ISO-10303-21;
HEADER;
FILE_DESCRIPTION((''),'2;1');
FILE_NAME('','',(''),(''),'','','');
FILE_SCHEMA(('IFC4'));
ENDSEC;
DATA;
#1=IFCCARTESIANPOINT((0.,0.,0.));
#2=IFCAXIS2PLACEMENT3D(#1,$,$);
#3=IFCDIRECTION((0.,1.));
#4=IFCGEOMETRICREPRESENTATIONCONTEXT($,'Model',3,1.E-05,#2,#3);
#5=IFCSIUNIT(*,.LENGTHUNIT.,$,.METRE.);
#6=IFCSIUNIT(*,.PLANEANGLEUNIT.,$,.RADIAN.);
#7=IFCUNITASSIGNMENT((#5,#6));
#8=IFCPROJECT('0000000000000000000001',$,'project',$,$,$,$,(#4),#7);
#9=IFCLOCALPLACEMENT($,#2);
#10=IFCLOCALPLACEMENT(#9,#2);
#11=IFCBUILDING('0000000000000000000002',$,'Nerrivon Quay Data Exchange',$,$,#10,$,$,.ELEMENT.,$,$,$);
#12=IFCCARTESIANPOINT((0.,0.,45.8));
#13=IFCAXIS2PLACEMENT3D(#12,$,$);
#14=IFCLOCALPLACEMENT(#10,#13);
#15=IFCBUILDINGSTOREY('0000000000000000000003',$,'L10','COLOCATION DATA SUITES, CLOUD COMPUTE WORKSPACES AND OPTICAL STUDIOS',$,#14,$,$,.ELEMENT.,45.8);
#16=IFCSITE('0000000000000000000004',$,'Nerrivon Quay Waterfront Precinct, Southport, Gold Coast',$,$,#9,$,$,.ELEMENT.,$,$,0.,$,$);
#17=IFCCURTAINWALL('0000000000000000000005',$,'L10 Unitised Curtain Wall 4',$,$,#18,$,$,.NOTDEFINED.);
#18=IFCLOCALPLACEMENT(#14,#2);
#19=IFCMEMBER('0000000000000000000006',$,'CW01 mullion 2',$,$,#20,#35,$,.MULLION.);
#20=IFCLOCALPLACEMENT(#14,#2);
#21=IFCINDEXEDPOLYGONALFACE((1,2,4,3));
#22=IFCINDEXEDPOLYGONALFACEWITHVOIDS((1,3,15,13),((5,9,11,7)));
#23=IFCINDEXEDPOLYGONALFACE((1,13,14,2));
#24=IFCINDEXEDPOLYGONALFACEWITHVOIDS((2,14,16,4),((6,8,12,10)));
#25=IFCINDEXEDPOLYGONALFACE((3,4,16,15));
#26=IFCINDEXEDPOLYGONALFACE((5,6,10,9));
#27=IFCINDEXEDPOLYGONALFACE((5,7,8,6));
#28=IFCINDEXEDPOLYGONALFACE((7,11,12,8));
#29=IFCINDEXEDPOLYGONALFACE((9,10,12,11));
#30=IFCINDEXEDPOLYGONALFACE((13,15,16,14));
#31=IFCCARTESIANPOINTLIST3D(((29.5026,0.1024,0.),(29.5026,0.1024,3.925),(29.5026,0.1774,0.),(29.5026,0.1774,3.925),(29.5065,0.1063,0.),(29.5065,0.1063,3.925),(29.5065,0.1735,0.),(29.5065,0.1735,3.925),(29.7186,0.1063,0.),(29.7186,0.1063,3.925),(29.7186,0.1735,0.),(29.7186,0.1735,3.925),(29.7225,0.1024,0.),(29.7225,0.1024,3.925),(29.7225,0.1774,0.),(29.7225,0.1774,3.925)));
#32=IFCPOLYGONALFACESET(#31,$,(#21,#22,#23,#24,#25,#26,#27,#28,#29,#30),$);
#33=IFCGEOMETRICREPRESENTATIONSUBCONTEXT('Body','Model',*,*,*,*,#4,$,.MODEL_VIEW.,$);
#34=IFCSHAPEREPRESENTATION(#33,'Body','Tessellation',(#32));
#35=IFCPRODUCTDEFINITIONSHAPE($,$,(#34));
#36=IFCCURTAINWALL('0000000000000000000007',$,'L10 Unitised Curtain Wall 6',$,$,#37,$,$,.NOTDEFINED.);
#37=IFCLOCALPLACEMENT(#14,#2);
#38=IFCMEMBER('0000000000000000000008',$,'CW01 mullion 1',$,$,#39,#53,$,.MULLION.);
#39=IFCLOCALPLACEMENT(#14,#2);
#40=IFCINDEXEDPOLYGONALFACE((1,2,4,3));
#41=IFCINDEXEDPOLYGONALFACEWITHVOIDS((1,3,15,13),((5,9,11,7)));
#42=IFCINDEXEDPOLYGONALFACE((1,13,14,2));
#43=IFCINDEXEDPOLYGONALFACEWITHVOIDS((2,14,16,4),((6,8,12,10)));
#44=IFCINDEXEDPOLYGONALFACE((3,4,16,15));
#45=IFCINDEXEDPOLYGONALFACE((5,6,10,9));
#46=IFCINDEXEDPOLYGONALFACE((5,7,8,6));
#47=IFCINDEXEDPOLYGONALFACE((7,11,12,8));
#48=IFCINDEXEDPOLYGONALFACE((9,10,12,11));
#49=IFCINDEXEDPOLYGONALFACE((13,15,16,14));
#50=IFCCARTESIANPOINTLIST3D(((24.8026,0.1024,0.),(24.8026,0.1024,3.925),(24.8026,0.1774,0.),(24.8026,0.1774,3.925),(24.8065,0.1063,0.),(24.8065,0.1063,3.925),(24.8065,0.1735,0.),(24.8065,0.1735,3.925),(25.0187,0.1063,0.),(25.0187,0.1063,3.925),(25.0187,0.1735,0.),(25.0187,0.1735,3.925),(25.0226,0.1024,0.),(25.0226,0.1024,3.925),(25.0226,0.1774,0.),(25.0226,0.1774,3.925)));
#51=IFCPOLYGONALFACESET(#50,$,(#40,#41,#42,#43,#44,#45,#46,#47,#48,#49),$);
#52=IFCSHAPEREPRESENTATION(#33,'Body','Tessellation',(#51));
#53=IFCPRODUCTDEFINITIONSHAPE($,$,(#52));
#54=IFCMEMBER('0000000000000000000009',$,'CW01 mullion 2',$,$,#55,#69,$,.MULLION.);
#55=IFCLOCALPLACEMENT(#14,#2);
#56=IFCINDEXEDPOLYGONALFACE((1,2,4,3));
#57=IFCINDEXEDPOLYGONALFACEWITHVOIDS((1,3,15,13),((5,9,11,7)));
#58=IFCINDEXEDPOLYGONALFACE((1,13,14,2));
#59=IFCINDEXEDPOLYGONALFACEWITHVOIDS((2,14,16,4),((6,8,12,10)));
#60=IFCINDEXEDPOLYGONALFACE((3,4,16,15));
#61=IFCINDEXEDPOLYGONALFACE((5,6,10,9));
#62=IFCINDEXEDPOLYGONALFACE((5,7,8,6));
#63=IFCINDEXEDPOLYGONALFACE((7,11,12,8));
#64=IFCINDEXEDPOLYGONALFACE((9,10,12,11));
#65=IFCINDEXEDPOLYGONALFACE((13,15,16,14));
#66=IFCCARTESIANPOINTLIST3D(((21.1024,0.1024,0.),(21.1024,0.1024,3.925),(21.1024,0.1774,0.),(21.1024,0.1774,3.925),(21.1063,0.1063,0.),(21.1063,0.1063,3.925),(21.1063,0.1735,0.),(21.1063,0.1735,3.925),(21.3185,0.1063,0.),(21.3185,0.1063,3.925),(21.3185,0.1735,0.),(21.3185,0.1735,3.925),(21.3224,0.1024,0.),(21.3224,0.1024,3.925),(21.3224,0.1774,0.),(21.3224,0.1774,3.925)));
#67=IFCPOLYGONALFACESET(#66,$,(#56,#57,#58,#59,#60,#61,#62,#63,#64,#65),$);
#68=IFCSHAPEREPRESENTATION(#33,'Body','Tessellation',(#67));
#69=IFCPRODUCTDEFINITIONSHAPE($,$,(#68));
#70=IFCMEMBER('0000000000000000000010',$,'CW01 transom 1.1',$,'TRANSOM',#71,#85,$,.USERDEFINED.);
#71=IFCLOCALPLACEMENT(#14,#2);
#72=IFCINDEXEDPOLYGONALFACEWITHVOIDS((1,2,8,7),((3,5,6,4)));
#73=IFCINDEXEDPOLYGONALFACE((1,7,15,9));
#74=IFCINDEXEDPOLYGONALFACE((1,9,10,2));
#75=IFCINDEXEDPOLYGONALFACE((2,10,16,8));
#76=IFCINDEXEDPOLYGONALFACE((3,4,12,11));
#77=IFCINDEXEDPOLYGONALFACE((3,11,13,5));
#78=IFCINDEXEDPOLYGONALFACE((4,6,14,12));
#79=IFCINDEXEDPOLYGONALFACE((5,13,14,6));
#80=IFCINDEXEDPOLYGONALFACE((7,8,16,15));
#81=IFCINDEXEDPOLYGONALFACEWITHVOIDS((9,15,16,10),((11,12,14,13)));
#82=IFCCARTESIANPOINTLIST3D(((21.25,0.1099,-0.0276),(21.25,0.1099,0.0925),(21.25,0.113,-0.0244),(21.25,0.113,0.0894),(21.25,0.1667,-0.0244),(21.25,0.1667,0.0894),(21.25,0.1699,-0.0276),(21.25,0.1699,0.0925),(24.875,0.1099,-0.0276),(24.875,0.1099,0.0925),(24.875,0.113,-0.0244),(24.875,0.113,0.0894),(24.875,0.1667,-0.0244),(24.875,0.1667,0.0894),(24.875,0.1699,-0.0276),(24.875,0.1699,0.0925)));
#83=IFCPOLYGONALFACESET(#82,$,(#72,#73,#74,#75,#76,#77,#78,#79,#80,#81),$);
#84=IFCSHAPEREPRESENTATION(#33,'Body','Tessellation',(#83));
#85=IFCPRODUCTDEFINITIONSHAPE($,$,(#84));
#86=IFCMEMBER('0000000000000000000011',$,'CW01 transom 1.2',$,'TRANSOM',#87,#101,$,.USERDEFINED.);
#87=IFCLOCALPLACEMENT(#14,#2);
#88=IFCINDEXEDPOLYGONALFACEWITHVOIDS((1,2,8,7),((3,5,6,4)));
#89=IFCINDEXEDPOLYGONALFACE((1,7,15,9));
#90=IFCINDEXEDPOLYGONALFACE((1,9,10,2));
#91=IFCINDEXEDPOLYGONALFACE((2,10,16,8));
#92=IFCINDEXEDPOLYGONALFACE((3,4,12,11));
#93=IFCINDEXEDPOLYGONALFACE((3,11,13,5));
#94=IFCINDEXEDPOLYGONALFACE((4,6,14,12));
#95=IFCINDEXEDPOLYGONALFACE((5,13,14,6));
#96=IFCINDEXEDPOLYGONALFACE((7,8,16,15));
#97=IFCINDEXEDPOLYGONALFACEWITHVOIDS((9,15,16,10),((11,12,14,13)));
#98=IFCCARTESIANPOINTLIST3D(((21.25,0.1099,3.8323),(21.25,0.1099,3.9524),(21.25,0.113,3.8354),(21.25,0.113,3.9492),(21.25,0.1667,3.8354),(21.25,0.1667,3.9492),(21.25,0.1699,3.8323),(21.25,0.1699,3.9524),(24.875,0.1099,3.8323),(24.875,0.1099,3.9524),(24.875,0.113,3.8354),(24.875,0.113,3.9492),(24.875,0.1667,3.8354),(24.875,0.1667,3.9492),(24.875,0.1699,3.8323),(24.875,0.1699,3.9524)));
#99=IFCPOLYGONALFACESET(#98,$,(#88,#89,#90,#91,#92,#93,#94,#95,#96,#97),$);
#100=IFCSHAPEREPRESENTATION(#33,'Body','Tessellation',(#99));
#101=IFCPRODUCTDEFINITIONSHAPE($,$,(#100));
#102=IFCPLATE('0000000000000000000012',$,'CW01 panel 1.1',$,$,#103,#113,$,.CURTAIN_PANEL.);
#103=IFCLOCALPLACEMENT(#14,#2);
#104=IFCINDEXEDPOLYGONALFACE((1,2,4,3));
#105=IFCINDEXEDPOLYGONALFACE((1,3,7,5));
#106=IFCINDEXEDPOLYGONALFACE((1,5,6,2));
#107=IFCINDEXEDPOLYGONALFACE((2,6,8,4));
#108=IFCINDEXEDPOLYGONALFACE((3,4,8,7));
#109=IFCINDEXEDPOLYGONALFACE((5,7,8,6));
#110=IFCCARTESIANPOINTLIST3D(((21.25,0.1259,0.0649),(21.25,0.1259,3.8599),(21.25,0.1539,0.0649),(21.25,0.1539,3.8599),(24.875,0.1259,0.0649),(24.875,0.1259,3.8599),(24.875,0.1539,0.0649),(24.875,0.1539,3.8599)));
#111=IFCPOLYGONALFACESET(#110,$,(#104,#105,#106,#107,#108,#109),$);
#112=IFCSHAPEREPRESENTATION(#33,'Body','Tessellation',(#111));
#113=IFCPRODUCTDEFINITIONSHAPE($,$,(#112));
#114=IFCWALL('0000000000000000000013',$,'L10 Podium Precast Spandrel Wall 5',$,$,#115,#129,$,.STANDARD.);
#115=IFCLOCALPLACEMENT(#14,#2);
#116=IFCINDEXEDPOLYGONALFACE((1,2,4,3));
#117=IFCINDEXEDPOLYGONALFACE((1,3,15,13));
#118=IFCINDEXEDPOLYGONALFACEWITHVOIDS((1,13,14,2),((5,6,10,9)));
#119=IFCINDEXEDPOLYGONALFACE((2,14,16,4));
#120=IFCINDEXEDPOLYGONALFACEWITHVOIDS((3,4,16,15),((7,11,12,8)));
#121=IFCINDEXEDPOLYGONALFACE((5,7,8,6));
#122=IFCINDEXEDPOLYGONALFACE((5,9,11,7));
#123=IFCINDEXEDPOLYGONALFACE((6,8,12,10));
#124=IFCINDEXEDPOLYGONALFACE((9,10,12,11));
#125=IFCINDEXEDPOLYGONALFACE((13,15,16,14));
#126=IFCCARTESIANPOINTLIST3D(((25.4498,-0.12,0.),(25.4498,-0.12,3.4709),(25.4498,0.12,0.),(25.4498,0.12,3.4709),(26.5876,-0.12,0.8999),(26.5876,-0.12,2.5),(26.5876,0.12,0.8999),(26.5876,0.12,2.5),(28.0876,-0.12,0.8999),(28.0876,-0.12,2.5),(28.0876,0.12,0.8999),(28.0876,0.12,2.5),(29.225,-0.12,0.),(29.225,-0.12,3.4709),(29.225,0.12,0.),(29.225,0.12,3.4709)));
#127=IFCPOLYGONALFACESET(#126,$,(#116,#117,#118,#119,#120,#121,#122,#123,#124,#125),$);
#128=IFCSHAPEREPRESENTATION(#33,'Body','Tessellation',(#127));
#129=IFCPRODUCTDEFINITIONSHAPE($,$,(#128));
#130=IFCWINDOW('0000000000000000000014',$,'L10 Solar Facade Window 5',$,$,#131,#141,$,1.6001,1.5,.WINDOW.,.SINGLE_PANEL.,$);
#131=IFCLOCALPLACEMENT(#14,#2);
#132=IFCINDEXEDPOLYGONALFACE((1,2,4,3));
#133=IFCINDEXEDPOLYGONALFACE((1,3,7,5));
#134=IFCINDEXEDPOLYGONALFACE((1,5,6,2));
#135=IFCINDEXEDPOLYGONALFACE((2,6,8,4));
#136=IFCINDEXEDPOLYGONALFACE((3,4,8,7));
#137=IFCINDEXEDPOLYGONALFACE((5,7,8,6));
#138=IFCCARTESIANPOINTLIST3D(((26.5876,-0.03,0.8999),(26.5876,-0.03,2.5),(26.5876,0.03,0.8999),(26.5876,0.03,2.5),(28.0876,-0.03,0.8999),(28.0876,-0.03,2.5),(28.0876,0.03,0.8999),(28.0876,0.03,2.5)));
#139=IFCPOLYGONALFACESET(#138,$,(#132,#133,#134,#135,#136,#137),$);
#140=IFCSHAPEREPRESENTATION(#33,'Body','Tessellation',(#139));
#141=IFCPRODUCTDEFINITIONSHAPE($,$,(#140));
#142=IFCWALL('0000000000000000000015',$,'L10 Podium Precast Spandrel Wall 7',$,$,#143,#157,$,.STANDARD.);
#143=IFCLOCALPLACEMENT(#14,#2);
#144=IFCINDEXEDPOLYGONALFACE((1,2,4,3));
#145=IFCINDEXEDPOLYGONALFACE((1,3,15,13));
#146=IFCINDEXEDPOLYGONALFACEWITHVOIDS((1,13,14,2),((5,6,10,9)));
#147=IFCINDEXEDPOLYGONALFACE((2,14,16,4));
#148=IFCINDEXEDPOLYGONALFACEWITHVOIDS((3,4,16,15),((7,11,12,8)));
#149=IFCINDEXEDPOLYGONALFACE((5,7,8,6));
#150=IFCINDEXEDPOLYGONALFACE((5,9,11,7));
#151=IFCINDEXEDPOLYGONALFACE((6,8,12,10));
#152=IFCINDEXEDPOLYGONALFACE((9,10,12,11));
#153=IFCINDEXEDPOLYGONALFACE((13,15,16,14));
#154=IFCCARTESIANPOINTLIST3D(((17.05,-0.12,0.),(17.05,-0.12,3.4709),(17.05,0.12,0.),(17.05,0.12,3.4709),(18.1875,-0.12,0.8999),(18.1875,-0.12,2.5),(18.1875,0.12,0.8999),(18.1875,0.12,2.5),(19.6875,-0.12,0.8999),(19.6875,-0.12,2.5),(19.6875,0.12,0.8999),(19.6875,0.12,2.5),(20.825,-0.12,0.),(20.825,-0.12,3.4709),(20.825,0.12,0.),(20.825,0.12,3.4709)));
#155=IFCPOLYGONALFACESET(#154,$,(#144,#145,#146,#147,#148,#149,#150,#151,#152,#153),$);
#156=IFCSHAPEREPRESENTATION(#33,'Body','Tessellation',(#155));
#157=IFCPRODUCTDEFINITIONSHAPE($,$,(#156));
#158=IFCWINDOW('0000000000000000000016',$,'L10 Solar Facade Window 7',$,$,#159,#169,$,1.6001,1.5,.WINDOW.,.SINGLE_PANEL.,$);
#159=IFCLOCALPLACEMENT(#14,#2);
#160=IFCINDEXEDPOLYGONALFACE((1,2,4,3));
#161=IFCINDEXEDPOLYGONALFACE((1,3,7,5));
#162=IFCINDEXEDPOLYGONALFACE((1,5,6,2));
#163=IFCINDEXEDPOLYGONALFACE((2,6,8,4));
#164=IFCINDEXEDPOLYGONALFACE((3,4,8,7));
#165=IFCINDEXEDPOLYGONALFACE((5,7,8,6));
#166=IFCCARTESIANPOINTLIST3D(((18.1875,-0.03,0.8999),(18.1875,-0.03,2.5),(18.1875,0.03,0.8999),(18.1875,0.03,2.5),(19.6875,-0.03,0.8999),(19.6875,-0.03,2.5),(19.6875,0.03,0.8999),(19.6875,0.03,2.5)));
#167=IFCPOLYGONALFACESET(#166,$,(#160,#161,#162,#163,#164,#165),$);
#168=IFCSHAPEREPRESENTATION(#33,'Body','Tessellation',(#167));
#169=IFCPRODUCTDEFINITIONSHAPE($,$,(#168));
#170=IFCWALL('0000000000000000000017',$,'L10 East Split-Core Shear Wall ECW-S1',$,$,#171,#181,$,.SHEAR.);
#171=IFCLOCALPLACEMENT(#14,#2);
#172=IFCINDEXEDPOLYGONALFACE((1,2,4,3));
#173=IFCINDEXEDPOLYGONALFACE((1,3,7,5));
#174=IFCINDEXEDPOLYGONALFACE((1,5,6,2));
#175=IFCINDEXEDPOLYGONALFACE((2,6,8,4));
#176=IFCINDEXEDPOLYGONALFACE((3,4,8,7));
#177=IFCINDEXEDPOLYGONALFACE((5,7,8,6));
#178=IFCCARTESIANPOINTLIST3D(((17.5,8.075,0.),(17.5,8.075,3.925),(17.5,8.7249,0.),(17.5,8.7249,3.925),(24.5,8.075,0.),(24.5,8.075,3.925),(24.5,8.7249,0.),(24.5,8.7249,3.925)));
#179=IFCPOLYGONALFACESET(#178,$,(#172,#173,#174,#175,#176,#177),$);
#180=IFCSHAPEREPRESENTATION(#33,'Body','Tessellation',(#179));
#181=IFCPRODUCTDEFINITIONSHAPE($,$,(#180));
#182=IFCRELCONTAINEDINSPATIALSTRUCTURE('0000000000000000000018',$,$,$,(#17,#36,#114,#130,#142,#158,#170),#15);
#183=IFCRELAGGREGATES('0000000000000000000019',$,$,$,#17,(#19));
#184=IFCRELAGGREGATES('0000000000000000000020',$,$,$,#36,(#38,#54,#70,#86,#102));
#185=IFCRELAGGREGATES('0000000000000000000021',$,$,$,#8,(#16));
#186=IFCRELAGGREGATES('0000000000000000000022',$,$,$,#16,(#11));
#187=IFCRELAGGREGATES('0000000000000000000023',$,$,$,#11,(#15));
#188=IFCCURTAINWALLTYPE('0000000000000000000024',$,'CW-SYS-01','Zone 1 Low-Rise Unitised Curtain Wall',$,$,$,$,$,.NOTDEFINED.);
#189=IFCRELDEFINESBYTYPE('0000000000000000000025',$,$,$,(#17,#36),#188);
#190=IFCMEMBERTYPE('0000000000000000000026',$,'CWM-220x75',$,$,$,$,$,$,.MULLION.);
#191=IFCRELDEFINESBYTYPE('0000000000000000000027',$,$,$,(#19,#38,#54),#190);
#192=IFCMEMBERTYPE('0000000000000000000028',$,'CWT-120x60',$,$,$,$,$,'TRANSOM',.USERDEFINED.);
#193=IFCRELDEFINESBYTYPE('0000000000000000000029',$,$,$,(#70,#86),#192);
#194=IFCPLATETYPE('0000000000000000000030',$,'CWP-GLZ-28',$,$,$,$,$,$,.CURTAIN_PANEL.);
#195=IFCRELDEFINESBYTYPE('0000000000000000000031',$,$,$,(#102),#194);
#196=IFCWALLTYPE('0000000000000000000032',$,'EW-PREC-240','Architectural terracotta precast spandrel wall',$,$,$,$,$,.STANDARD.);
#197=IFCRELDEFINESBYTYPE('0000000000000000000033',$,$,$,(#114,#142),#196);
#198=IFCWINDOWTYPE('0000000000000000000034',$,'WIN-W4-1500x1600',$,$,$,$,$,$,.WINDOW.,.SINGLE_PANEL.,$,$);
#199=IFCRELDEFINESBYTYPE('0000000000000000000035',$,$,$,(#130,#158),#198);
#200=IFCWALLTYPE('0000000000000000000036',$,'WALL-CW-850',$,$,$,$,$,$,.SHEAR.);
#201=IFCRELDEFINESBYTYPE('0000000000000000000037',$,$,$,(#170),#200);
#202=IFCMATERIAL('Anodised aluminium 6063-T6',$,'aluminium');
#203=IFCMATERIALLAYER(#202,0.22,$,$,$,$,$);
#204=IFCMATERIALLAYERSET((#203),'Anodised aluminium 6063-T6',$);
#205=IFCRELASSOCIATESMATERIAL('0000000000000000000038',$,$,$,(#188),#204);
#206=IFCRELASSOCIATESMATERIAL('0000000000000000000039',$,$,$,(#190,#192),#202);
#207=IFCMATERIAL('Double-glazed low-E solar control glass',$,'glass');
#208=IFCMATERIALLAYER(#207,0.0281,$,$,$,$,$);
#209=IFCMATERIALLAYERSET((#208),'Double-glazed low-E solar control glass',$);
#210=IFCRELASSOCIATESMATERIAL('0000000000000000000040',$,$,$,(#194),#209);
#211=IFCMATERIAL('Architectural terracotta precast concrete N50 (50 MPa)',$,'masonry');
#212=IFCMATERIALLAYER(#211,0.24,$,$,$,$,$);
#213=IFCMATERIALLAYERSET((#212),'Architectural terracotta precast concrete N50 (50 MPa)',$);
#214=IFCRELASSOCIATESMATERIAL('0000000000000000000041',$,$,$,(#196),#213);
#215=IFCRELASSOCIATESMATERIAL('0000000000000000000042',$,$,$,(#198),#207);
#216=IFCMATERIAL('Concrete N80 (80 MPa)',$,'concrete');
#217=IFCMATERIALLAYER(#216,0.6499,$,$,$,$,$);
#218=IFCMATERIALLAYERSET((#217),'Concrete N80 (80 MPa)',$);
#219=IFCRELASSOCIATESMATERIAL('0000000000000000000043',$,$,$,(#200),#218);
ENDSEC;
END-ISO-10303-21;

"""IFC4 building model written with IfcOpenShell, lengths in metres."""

from ifc_helpers import new_model, si_unit, direction, frame, frame_2d, origin, origin_2d, place, context, subcontext, project, spatial, rectangle, hollow_rectangle, extrude, material, layer, layer_set, material_profile, profile_set, type_object, element, fill, aggregate, save


model = new_model("IFC4")

# Units and contexts
model_context = context("Model", 3, precision=1e-05, world=origin(), true_north=direction((0.0, 1.0)))
body_context = subcontext(model_context, "Body", "Model", "MODEL_VIEW")
ifc_project = project(units=[si_unit("LENGTHUNIT", "METRE"), si_unit("PLANEANGLEUNIT", "RADIAN")], contexts=[model_context])

# Site, building, storey
site_placement = place(None, origin())
site = spatial("IfcSite", under=ifc_project, at=site_placement, Name="Nerrivon Quay Waterfront Precinct, Southport, Gold Coast", CompositionType="ELEMENT", RefElevation=0.0)
building_placement = place(site_placement, origin())
building = spatial("IfcBuilding", under=site, at=building_placement, Name="Nerrivon Quay Data Exchange", CompositionType="ELEMENT")
storey_placement = place(building_placement, frame((0.0, 0.0, 45.8)))
storey = spatial("IfcBuildingStorey", under=building, at=storey_placement, Name="L10", Description="COLOCATION DATA SUITES, CLOUD COMPUTE WORKSPACES AND OPTICAL STUDIOS", CompositionType="ELEMENT", Elevation=45.8)

# Shared definitions
ifc_material_1 = material(Name="Concrete N80 (80 MPa)", Category="concrete")

# Curtain wall, member
ifc_material_2 = material(Name="Anodised aluminium 6063-T6", Category="aluminium")
ifc_layer_1 = layer(ifc_material_2, 0.22)
ifc_layer_set_1 = layer_set([ifc_layer_1], Name="Anodised aluminium 6063-T6")
curtain_wall_type = type_object("IfcCurtainWallType", Name="CW-SYS-01", Description="Zone 1 Low-Rise Unitised Curtain Wall", PredefinedType="NOTDEFINED", material=ifc_layer_set_1)
curtain_wall_1_placement = place(storey_placement, origin())
curtain_wall_1 = element("IfcCurtainWall", 1, at=curtain_wall_1_placement, inside=storey, type_object=curtain_wall_type, Name="L10 Unitised Curtain Wall 4", PredefinedType="NOTDEFINED")
ifc_material_profile_1 = material_profile(ifc_material_2, hollow_rectangle(XDim=0.075, YDim=0.22, WallThickness=0.0039, at=origin_2d()), Name="ALU-MULL-220x75")
ifc_profile_set_1 = profile_set([ifc_material_profile_1], Name="Anodised aluminium 6063-T6")
member_type_1 = type_object("IfcMemberType", Name="CWM-220x75", PredefinedType="MULLION", material=ifc_profile_set_1)
member_1_placement = place(storey_placement, frame((29.6125, 0.1399, 0.0), z_axis=(0.0, 0.0, 1.0), x_axis=(0.0, -1.0, 0.0)))
member_1 = element("IfcMember", 2, at=member_1_placement, type_object=member_type_1, Name="CW01 mullion 2", PredefinedType="MULLION", context=body_context, shape_type="SweptSolid", body=[
    extrude(hollow_rectangle(XDim=0.075, YDim=0.22, WallThickness=0.0039, at=origin_2d()), origin(), (0.0, 0.0, 1.0), 3.925),
])
aggregate(curtain_wall_1, [member_1])

# Curtain wall, members, plate
curtain_wall_2_placement = place(storey_placement, origin())
curtain_wall_2 = element("IfcCurtainWall", 3, at=curtain_wall_2_placement, inside=storey, type_object=curtain_wall_type, Name="L10 Unitised Curtain Wall 6", PredefinedType="NOTDEFINED")
member_2_placement = place(storey_placement, frame((24.9126, 0.1399, 0.0), z_axis=(0.0, 0.0, 1.0), x_axis=(0.0, -1.0, 0.0)))
member_2 = element("IfcMember", 4, at=member_2_placement, type_object=member_type_1, Name="CW01 mullion 1", PredefinedType="MULLION", context=body_context, shape_type="SweptSolid", body=[
    extrude(hollow_rectangle(XDim=0.075, YDim=0.22, WallThickness=0.0039, at=origin_2d()), origin(), (0.0, 0.0, 1.0), 3.925),
])
member_3_placement = place(storey_placement, frame((21.2124, 0.1399, 0.0), z_axis=(0.0, 0.0, 1.0), x_axis=(0.0, -1.0, 0.0)))
member_3 = element("IfcMember", 5, at=member_3_placement, type_object=member_type_1, Name="CW01 mullion 2", PredefinedType="MULLION", context=body_context, shape_type="SweptSolid", body=[
    extrude(hollow_rectangle(XDim=0.075, YDim=0.22, WallThickness=0.0039, at=origin_2d()), origin(), (0.0, 0.0, 1.0), 3.925),
])
ifc_material_profile_2 = material_profile(ifc_material_2, hollow_rectangle(XDim=0.0601, YDim=0.1201, WallThickness=0.0032, at=origin_2d()), Name="ALU-TRAN-120x60")
ifc_profile_set_2 = profile_set([ifc_material_profile_2], Name="Anodised aluminium 6063-T6")
member_type_2 = type_object("IfcMemberType", Name="CWT-120x60", ElementType="TRANSOM", PredefinedType="USERDEFINED", material=ifc_profile_set_2)
member_4_placement = place(storey_placement, frame((24.875, 0.1399, 0.0325), z_axis=(-1.0, 0.0, 0.0), x_axis=(0.0, -1.0, 0.0)))
member_4 = element("IfcMember", 6, at=member_4_placement, type_object=member_type_2, Name="CW01 transom 1.1", ObjectType="TRANSOM", PredefinedType="USERDEFINED", context=body_context, shape_type="SweptSolid", body=[
    extrude(hollow_rectangle(XDim=0.0601, YDim=0.1201, WallThickness=0.0032, at=origin_2d()), origin(), (0.0, 0.0, 1.0), 3.625),
])
member_5_placement = place(storey_placement, frame((24.875, 0.1399, 3.8923), z_axis=(-1.0, 0.0, 0.0), x_axis=(0.0, -1.0, 0.0)))
member_5 = element("IfcMember", 7, at=member_5_placement, type_object=member_type_2, Name="CW01 transom 1.2", ObjectType="TRANSOM", PredefinedType="USERDEFINED", context=body_context, shape_type="SweptSolid", body=[
    extrude(hollow_rectangle(XDim=0.0601, YDim=0.1201, WallThickness=0.0032, at=origin_2d()), origin(), (0.0, 0.0, 1.0), 3.625),
])
ifc_material_3 = material(Name="Double-glazed low-E solar control glass", Category="glass")
ifc_layer_2 = layer(ifc_material_3, 0.0281)
ifc_layer_set_2 = layer_set([ifc_layer_2], Name="Double-glazed low-E solar control glass")
plate_type = type_object("IfcPlateType", Name="CWP-GLZ-28", PredefinedType="CURTAIN_PANEL", material=ifc_layer_set_2)
plate_placement = place(storey_placement, frame((23.0625, 0.1399, 0.0649), z_axis=(0.0, 0.0, 1.0), x_axis=(-1.0, 0.0, 0.0)))
plate = element("IfcPlate", 8, at=plate_placement, type_object=plate_type, Name="CW01 panel 1.1", PredefinedType="CURTAIN_PANEL", context=body_context, shape_type="SweptSolid", body=[
    extrude(rectangle(XDim=3.625, YDim=0.0281, at=origin_2d()), origin(), (0.0, 0.0, 1.0), 3.7949),
])
aggregate(curtain_wall_2, [member_2, member_3, member_4, member_5, plate])

# Walls, openings, windows
ifc_material_4 = material(Name="Architectural terracotta precast concrete N50 (50 MPa)", Category="masonry")
ifc_layer_3 = layer(ifc_material_4, 0.24)
ifc_layer_set_3 = layer_set([ifc_layer_3], Name="Architectural terracotta precast concrete N50 (50 MPa)")
wall_type_1 = type_object("IfcWallType", Name="EW-PREC-240", Description="Architectural terracotta precast spandrel wall", PredefinedType="STANDARD", material=ifc_layer_set_3)
wall_1_placement = place(storey_placement, frame((29.2251, 0.0, 0.0), z_axis=(0.0, 0.0, 1.0), x_axis=(-1.0, 0.0, 0.0)))
wall_1 = element("IfcWall", 9, at=wall_1_placement, inside=storey, type_object=wall_type_1, Name="L10 Podium Precast Spandrel Wall 5", PredefinedType="STANDARD", context=body_context, shape_type="SweptSolid", body=[
    extrude(rectangle(XDim=3.7751, YDim=0.24, at=frame_2d((1.8877, 0.0))), origin(), (0.0, 0.0, 1.0), 3.4709),
])
opening_1_placement = place(wall_1_placement, frame((1.1375, 0.0, 0.8999)))
opening_1 = element("IfcOpeningElement", 10, at=opening_1_placement, cuts=wall_1, PredefinedType="OPENING", context=body_context, shape_type="SweptSolid", body=[
    extrude(rectangle(XDim=1.5, YDim=1.6001, at=frame_2d((0.75, 0.8))), frame((0.0, 0.1299, 0.0), z_axis=(0.0, -1.0, 0.0), x_axis=(1.0, 0.0, 0.0)), (0.0, 0.0, 1.0), 0.26),
])
window_type = type_object("IfcWindowType", Name="WIN-W4-1500x1600", PartitioningType="SINGLE_PANEL", PredefinedType="WINDOW", material=ifc_material_3)
window_1_placement = place(opening_1_placement, origin())
window_1 = element("IfcWindow", 11, at=window_1_placement, inside=storey, type_object=window_type, Name="L10 Solar Facade Window 5", OverallHeight=1.6001, OverallWidth=1.5, PartitioningType="SINGLE_PANEL", PredefinedType="WINDOW", context=body_context, shape_type="SweptSolid", body=[
    extrude(rectangle(XDim=1.5, YDim=1.6001, at=frame_2d((0.75, 0.8))), frame((0.0, 0.03, 0.0), z_axis=(0.0, -1.0, 0.0), x_axis=(1.0, 0.0, 0.0)), (0.0, 0.0, 1.0), 0.0601),
])
fill(opening_1, window_1)
wall_2_placement = place(storey_placement, frame((20.825, 0.0, 0.0), z_axis=(0.0, 0.0, 1.0), x_axis=(-1.0, 0.0, 0.0)))
wall_2 = element("IfcWall", 12, at=wall_2_placement, inside=storey, type_object=wall_type_1, Name="L10 Podium Precast Spandrel Wall 7", PredefinedType="STANDARD", context=body_context, shape_type="SweptSolid", body=[
    extrude(rectangle(XDim=3.7749, YDim=0.24, at=frame_2d((1.8875, 0.0))), origin(), (0.0, 0.0, 1.0), 3.4709),
])
opening_2_placement = place(wall_2_placement, frame((1.1375, 0.0, 0.8999)))
opening_2 = element("IfcOpeningElement", 13, at=opening_2_placement, cuts=wall_2, PredefinedType="OPENING", context=body_context, shape_type="SweptSolid", body=[
    extrude(rectangle(XDim=1.5, YDim=1.6001, at=frame_2d((0.75, 0.8))), frame((0.0, 0.1299, 0.0), z_axis=(0.0, -1.0, 0.0), x_axis=(1.0, 0.0, 0.0)), (0.0, 0.0, 1.0), 0.26),
])
window_2_placement = place(opening_2_placement, origin())
window_2 = element("IfcWindow", 14, at=window_2_placement, inside=storey, type_object=window_type, Name="L10 Solar Facade Window 7", OverallHeight=1.6001, OverallWidth=1.5, PartitioningType="SINGLE_PANEL", PredefinedType="WINDOW", context=body_context, shape_type="SweptSolid", body=[
    extrude(rectangle(XDim=1.5, YDim=1.6001, at=frame_2d((0.75, 0.8))), frame((0.0, 0.03, 0.0), z_axis=(0.0, -1.0, 0.0), x_axis=(1.0, 0.0, 0.0)), (0.0, 0.0, 1.0), 0.0601),
])
fill(opening_2, window_2)

# Wall
ifc_layer_4 = layer(ifc_material_1, 0.6499)
ifc_layer_set_4 = layer_set([ifc_layer_4], Name="Concrete N80 (80 MPa)")
wall_type_2 = type_object("IfcWallType", Name="WALL-CW-850", PredefinedType="SHEAR", material=ifc_layer_set_4)
for number, where, z_axis, x_axis, name in (
    (15, (17.5, 8.3999, 0.0), (0.0, 0.0, 1.0), (1.0, 0.0, 0.0), "L10 East Split-Core Shear Wall ECW-S1"),
):
    element("IfcWall", number, at=place(storey_placement, frame(where, z_axis=z_axis, x_axis=x_axis)), inside=storey, type_object=wall_type_2, Name=name, PredefinedType="SHEAR", context=body_context, shape_type="SweptSolid", body=[
        extrude(rectangle(XDim=7.0, YDim=0.6499, at=frame_2d((3.5, 0.0))), origin(), (0.0, 0.0, 1.0), 3.925),
    ])

save(model, "model.ifc")
